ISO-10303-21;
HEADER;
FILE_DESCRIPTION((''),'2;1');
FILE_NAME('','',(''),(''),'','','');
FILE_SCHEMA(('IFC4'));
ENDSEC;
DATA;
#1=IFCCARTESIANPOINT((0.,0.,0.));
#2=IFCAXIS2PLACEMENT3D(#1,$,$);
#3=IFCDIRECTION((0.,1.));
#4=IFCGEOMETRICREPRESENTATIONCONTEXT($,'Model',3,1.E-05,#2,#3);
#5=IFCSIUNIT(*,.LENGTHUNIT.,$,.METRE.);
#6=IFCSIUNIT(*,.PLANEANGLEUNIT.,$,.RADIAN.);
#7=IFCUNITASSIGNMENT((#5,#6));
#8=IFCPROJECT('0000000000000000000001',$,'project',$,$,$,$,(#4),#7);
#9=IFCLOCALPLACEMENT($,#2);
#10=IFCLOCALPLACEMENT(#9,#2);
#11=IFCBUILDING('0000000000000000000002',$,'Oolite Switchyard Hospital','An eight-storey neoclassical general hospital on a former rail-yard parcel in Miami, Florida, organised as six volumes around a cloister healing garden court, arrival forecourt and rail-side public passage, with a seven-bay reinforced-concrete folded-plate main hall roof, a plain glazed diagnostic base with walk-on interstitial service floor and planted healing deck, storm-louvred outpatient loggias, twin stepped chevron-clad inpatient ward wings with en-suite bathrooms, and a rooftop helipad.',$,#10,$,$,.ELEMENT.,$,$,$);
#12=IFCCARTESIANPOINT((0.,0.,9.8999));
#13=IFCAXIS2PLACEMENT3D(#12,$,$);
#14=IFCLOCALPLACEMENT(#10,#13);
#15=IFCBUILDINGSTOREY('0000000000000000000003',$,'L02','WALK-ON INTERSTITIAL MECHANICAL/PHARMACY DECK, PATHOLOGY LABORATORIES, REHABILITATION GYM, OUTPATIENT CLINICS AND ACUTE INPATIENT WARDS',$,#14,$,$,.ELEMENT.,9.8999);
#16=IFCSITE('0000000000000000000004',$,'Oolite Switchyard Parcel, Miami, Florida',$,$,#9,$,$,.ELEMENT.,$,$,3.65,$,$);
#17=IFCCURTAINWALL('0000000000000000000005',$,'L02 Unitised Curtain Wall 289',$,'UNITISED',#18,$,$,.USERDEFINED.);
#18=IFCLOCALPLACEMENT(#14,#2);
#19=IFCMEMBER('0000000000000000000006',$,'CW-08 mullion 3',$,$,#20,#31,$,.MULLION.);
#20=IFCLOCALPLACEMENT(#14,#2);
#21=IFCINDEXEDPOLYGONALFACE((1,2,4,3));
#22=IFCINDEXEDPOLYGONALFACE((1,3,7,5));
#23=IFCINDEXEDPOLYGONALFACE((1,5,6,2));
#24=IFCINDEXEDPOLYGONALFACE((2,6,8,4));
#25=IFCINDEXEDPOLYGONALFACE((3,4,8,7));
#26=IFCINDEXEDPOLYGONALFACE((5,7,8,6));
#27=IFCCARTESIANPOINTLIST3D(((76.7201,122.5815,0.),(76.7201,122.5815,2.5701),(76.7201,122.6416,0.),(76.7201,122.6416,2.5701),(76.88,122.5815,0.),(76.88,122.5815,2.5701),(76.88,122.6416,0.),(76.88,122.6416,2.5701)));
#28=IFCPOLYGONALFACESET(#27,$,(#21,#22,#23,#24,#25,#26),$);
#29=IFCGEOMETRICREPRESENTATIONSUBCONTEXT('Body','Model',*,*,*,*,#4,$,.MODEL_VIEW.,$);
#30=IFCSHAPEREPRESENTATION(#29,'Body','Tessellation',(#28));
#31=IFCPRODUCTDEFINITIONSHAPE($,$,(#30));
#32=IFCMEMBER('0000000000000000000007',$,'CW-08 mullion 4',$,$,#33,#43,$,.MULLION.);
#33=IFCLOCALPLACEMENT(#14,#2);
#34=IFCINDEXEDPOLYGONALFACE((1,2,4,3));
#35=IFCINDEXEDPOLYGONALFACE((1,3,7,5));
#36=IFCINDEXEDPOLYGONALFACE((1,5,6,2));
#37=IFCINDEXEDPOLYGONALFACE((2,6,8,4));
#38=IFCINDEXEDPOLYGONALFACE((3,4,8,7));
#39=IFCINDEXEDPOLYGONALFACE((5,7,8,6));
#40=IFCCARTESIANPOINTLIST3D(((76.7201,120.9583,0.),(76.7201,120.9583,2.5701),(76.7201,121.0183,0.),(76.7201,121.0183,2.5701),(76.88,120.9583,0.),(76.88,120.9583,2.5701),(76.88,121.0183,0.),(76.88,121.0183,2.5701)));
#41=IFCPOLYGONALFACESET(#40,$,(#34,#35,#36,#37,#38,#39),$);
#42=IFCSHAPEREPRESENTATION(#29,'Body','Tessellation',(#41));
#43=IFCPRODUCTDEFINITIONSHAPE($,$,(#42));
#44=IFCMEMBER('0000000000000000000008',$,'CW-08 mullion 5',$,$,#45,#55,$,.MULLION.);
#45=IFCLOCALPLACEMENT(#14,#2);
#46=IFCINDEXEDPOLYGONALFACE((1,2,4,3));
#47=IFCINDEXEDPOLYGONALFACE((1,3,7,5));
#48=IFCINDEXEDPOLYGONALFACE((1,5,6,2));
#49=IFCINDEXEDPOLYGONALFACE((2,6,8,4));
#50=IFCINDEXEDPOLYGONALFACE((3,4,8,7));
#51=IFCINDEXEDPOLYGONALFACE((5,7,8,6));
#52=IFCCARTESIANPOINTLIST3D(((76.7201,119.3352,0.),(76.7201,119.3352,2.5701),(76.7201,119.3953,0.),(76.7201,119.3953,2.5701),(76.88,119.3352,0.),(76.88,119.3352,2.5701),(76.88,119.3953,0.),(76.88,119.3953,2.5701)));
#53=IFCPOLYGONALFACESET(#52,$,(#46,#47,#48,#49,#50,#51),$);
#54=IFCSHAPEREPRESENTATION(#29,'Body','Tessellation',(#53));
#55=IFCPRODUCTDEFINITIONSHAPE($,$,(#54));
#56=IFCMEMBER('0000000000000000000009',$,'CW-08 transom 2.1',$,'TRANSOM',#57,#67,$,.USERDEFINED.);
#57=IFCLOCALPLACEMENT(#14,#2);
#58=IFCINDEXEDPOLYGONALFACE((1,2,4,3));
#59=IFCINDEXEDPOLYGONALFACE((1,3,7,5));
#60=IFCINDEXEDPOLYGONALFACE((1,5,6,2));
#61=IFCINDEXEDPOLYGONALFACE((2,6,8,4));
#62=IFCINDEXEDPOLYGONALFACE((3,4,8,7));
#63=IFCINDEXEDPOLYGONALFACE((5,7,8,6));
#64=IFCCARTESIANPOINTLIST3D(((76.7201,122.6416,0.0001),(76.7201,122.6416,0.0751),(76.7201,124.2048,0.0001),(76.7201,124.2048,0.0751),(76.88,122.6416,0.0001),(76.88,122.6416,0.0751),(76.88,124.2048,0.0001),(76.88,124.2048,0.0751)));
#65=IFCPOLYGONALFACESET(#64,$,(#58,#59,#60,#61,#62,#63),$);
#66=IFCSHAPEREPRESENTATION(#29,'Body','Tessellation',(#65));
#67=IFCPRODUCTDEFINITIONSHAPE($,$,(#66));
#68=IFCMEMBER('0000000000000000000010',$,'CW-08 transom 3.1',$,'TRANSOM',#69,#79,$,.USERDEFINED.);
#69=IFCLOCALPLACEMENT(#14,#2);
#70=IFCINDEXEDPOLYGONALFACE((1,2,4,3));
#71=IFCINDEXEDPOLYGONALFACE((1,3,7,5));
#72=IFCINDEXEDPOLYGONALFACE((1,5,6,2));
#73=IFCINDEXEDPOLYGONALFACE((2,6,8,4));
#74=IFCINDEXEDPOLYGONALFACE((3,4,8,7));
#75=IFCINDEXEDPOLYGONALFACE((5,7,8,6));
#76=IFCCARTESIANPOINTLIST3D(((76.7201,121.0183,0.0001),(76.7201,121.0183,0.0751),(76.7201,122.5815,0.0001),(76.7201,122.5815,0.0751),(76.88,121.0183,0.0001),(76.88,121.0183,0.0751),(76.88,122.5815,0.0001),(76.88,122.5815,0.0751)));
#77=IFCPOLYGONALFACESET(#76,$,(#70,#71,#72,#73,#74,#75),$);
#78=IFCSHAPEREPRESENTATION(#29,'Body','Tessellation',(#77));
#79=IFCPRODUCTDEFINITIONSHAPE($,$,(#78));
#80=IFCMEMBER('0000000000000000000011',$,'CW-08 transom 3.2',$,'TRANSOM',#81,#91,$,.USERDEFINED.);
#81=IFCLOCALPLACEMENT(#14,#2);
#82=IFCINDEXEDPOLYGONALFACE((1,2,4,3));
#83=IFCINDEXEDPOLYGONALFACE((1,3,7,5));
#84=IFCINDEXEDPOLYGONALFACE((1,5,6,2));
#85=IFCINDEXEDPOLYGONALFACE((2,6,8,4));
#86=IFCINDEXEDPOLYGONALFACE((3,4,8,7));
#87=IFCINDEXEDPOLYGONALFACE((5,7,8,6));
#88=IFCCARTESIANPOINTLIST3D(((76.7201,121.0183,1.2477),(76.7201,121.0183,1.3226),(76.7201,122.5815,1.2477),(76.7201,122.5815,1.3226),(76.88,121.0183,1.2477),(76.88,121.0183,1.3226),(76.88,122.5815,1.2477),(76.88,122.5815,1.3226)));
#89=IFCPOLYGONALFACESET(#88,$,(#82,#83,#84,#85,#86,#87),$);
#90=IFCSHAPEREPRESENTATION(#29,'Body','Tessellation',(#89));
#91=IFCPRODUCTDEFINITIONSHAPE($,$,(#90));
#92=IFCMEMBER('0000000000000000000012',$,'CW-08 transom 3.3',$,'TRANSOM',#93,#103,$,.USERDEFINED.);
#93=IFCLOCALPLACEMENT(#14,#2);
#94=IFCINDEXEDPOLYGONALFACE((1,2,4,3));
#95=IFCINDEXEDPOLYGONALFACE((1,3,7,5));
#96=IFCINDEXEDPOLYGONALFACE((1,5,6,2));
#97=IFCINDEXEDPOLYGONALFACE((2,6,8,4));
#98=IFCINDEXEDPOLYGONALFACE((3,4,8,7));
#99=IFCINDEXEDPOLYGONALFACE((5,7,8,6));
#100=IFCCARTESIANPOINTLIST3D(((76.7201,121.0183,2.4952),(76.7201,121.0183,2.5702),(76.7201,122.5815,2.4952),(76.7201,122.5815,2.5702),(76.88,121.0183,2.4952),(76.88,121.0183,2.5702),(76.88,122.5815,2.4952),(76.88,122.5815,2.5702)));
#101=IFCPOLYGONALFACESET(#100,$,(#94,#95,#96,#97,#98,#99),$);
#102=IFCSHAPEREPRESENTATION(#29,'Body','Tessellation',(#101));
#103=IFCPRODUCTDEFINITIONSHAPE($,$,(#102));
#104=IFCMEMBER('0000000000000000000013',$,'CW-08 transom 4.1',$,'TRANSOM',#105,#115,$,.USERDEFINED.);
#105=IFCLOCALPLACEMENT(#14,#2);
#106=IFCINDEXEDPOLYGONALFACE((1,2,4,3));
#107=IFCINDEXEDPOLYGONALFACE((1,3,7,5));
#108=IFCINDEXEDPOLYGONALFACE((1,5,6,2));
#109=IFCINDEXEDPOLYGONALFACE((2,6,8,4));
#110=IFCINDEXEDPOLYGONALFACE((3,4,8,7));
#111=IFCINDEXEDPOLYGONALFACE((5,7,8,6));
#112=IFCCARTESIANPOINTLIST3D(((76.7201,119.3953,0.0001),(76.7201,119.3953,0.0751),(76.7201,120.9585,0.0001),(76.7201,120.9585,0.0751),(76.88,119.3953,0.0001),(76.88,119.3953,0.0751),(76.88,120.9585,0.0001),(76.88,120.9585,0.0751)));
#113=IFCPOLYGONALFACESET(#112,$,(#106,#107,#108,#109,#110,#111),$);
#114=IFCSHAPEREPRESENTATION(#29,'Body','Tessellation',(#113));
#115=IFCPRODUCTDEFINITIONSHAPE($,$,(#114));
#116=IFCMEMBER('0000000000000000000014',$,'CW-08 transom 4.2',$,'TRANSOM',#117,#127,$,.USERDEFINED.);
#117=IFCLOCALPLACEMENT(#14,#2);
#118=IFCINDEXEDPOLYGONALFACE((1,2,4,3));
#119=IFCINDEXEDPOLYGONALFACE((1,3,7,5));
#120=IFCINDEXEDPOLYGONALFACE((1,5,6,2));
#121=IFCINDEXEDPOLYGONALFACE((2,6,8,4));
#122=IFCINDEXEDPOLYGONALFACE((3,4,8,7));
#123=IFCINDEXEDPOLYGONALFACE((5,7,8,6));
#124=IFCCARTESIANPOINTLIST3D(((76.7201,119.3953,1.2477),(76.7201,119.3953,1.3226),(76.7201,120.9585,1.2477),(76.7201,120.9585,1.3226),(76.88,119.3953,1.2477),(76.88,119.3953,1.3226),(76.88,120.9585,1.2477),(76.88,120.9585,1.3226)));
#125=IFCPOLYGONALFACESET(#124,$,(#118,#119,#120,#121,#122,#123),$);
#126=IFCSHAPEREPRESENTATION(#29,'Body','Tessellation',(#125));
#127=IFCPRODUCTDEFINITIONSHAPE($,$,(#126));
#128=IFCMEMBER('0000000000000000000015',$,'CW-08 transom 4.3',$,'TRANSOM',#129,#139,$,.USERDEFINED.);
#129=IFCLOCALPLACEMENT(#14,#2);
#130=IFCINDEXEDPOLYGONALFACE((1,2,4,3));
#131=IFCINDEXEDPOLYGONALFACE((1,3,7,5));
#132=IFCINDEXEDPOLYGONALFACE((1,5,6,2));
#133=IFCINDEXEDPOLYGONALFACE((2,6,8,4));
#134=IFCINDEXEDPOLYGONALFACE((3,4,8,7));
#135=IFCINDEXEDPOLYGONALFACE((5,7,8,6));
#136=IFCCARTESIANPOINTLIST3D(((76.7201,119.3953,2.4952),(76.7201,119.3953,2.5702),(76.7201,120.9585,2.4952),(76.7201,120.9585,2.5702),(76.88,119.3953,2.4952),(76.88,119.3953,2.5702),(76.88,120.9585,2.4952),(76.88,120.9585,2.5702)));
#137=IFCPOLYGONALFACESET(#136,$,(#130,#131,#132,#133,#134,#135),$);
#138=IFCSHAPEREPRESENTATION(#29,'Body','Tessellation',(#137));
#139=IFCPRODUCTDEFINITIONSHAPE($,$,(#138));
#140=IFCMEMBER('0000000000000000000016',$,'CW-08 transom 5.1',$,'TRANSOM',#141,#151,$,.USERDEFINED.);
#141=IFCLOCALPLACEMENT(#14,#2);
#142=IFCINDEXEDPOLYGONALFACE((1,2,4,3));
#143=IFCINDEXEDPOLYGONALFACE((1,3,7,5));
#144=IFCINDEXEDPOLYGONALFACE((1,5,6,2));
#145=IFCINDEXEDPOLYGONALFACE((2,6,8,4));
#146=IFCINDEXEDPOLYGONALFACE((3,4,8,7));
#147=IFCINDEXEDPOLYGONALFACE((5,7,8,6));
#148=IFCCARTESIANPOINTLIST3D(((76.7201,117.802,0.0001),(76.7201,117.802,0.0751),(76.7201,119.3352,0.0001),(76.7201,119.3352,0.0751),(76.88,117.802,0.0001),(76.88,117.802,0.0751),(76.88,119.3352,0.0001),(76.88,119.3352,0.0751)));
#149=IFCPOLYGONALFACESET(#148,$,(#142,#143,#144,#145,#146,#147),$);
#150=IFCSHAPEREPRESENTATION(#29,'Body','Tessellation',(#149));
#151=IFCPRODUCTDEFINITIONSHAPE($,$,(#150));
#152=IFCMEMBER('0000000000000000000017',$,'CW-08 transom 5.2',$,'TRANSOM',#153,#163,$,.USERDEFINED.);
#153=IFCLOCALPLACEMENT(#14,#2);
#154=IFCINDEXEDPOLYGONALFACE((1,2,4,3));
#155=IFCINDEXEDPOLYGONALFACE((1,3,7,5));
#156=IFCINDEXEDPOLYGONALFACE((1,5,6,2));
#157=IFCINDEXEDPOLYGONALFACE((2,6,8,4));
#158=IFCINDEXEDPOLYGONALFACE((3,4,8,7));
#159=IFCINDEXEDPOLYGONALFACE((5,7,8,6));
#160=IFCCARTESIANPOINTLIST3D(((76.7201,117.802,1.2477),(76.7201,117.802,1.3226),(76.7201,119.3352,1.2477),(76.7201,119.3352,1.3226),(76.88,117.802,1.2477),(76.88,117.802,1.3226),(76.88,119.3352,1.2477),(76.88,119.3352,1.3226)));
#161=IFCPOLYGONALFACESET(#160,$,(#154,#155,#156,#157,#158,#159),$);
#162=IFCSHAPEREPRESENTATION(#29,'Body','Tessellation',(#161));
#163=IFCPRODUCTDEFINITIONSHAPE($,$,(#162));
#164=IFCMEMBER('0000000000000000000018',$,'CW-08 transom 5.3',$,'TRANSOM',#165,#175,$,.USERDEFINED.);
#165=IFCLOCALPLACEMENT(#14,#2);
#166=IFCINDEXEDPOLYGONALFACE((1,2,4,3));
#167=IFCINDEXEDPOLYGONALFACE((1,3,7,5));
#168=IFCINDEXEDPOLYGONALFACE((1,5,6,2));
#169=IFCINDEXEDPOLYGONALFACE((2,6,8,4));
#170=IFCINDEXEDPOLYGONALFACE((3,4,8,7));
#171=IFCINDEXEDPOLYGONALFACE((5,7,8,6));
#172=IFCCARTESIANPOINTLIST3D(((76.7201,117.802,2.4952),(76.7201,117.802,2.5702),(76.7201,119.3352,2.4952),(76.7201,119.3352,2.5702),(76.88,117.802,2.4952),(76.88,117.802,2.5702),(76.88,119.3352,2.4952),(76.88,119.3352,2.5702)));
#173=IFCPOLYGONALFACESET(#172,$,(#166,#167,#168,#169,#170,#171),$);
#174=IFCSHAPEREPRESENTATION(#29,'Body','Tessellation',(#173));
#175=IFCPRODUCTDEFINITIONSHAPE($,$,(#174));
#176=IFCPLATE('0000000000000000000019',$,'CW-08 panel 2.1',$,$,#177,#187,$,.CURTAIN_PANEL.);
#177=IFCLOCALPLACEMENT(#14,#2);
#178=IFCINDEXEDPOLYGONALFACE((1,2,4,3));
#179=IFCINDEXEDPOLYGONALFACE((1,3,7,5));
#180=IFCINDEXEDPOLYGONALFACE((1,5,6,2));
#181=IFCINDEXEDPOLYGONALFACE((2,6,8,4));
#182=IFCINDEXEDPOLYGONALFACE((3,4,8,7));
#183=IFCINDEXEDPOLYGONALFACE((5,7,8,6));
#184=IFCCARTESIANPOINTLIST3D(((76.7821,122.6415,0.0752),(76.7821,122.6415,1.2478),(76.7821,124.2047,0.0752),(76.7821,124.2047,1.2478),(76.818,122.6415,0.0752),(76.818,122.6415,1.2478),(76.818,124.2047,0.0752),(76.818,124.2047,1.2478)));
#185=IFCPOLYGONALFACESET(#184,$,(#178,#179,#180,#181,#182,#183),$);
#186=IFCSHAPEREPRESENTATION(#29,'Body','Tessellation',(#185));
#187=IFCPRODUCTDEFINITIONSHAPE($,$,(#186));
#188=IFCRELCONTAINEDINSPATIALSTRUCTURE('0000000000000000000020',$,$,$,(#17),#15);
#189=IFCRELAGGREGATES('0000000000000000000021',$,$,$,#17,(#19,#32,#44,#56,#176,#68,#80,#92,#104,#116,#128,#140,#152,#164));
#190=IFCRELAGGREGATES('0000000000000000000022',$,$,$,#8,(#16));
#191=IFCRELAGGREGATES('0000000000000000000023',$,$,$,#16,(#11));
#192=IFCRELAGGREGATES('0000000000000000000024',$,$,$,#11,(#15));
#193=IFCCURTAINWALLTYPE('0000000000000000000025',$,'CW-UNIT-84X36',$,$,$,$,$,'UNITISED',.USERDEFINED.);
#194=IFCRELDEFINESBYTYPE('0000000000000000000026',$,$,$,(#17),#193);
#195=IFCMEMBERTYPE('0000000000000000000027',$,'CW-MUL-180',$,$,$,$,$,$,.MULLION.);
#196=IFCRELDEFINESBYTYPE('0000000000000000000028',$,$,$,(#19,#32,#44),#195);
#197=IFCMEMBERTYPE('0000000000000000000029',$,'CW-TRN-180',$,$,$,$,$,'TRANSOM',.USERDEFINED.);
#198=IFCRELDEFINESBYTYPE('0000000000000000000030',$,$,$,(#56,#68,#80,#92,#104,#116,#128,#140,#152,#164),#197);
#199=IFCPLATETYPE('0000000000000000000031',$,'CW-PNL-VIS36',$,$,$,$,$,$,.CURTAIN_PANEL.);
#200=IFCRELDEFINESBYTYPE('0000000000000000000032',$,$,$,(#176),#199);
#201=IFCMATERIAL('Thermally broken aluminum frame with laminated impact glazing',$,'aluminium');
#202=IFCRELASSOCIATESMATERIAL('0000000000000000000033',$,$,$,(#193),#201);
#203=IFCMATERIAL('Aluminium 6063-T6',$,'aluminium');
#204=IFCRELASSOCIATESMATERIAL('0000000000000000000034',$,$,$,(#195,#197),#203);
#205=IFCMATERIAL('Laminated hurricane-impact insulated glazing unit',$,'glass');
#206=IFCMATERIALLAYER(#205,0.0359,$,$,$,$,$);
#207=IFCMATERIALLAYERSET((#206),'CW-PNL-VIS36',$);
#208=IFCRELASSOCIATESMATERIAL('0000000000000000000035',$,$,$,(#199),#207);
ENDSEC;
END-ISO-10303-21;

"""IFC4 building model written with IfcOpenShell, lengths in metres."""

from ifc_helpers import new_model, si_unit, direction, frame, origin, origin_2d, place, context, subcontext, project, spatial, rectangle, extrude, material, layer, layer_set, material_profile, profile_set, type_object, element, aggregate, save


model = new_model("IFC4")

# Units and contexts
model_context = context("Model", 3, precision=1e-05, world=origin(), true_north=direction((0.0, 1.0)))
body_context = subcontext(model_context, "Body", "Model", "MODEL_VIEW")
ifc_project = project(units=[si_unit("LENGTHUNIT", "METRE"), si_unit("PLANEANGLEUNIT", "RADIAN")], contexts=[model_context])

# Site, building, storey
site_placement = place(None, origin())
site = spatial("IfcSite", under=ifc_project, at=site_placement, Name="Oolite Switchyard Parcel, Miami, Florida", CompositionType="ELEMENT", RefElevation=3.65)
building_placement = place(site_placement, origin())
building = spatial("IfcBuilding", under=site, at=building_placement, Name="Oolite Switchyard Hospital", Description="An eight-storey neoclassical general hospital on a former rail-yard parcel in Miami, Florida, organised as six volumes around a cloister healing garden court, arrival forecourt and rail-side public passage, with a seven-bay reinforced-concrete folded-plate main hall roof, a plain glazed diagnostic base with walk-on interstitial service floor and planted healing deck, storm-louvred outpatient loggias, twin stepped chevron-clad inpatient ward wings with en-suite bathrooms, and a rooftop helipad.", CompositionType="ELEMENT")
storey_placement = place(building_placement, frame((0.0, 0.0, 9.8999)))
storey = spatial("IfcBuildingStorey", under=building, at=storey_placement, Name="L02", Description="WALK-ON INTERSTITIAL MECHANICAL/PHARMACY DECK, PATHOLOGY LABORATORIES, REHABILITATION GYM, OUTPATIENT CLINICS AND ACUTE INPATIENT WARDS", CompositionType="ELEMENT", Elevation=9.8999)

# Curtain wall, members, plate
ifc_material_1 = material(Name="Thermally broken aluminum frame with laminated impact glazing", Category="aluminium")
curtain_wall_type = type_object("IfcCurtainWallType", Name="CW-UNIT-84X36", ElementType="UNITISED", PredefinedType="USERDEFINED", material=ifc_material_1)
curtain_wall_placement = place(storey_placement, origin())
curtain_wall = element("IfcCurtainWall", 1, at=curtain_wall_placement, inside=storey, type_object=curtain_wall_type, Name="L02 Unitised Curtain Wall 289", ObjectType="UNITISED", PredefinedType="USERDEFINED")
ifc_material_2 = material(Name="Aluminium 6063-T6", Category="aluminium")
ifc_material_profile_1 = material_profile(ifc_material_2, rectangle(XDim=0.1599, YDim=0.0601, at=origin_2d()), Name="CWM60X160")
ifc_profile_set_1 = profile_set([ifc_material_profile_1], Name="Aluminium 6063-T6")
member_type_1 = type_object("IfcMemberType", Name="CW-MUL-180", PredefinedType="MULLION", material=ifc_profile_set_1)
member_1_placement = place(storey_placement, frame((76.8, 122.6116, 0.0), z_axis=(0.0, 0.0, 1.0), x_axis=(1.0, 0.0, 0.0)))
member_1 = element("IfcMember", 2, at=member_1_placement, type_object=member_type_1, Name="CW-08 mullion 3", PredefinedType="MULLION", context=body_context, shape_type="SweptSolid", body=[
    extrude(rectangle(XDim=0.1599, YDim=0.0601, at=origin_2d()), origin(), (0.0, 0.0, 1.0), 2.5701),
])
member_2_placement = place(storey_placement, frame((76.8, 120.9883, 0.0), z_axis=(0.0, 0.0, 1.0), x_axis=(1.0, 0.0, 0.0)))
member_2 = element("IfcMember", 3, at=member_2_placement, type_object=member_type_1, Name="CW-08 mullion 4", PredefinedType="MULLION", context=body_context, shape_type="SweptSolid", body=[
    extrude(rectangle(XDim=0.1599, YDim=0.0601, at=origin_2d()), origin(), (0.0, 0.0, 1.0), 2.5701),
])
member_3_placement = place(storey_placement, frame((76.8, 119.3652, 0.0), z_axis=(0.0, 0.0, 1.0), x_axis=(1.0, 0.0, 0.0)))
member_3 = element("IfcMember", 4, at=member_3_placement, type_object=member_type_1, Name="CW-08 mullion 5", PredefinedType="MULLION", context=body_context, shape_type="SweptSolid", body=[
    extrude(rectangle(XDim=0.1599, YDim=0.0601, at=origin_2d()), origin(), (0.0, 0.0, 1.0), 2.5701),
])
ifc_material_profile_2 = material_profile(ifc_material_2, rectangle(XDim=0.1599, YDim=0.075, at=origin_2d()), Name="CWT75X160")
ifc_profile_set_2 = profile_set([ifc_material_profile_2], Name="Aluminium 6063-T6")
member_type_2 = type_object("IfcMemberType", Name="CW-TRN-180", ElementType="TRANSOM", PredefinedType="USERDEFINED", material=ifc_profile_set_2)
member_4_placement = place(storey_placement, frame((76.8, 124.2048, 0.0376), z_axis=(0.0, -1.0, 0.0), x_axis=(1.0, 0.0, 0.0)))
member_4 = element("IfcMember", 5, at=member_4_placement, type_object=member_type_2, Name="CW-08 transom 2.1", ObjectType="TRANSOM", PredefinedType="USERDEFINED", context=body_context, shape_type="SweptSolid", body=[
    extrude(rectangle(XDim=0.1599, YDim=0.075, at=origin_2d()), origin(), (0.0, 0.0, 1.0), 1.5632),
])
member_5_placement = place(storey_placement, frame((76.8, 122.5815, 0.0376), z_axis=(0.0, -1.0, 0.0), x_axis=(1.0, 0.0, 0.0)))
member_5 = element("IfcMember", 6, at=member_5_placement, type_object=member_type_2, Name="CW-08 transom 3.1", ObjectType="TRANSOM", PredefinedType="USERDEFINED", context=body_context, shape_type="SweptSolid", body=[
    extrude(rectangle(XDim=0.1599, YDim=0.075, at=origin_2d()), origin(), (0.0, 0.0, 1.0), 1.5632),
])
member_6_placement = place(storey_placement, frame((76.8, 122.5815, 1.2852), z_axis=(0.0, -1.0, 0.0), x_axis=(1.0, 0.0, 0.0)))
member_6 = element("IfcMember", 7, at=member_6_placement, type_object=member_type_2, Name="CW-08 transom 3.2", ObjectType="TRANSOM", PredefinedType="USERDEFINED", context=body_context, shape_type="SweptSolid", body=[
    extrude(rectangle(XDim=0.1599, YDim=0.075, at=origin_2d()), origin(), (0.0, 0.0, 1.0), 1.5632),
])
member_7_placement = place(storey_placement, frame((76.8, 122.5815, 2.5327), z_axis=(0.0, -1.0, 0.0), x_axis=(1.0, 0.0, 0.0)))
member_7 = element("IfcMember", 8, at=member_7_placement, type_object=member_type_2, Name="CW-08 transom 3.3", ObjectType="TRANSOM", PredefinedType="USERDEFINED", context=body_context, shape_type="SweptSolid", body=[
    extrude(rectangle(XDim=0.1599, YDim=0.075, at=origin_2d()), origin(), (0.0, 0.0, 1.0), 1.5632),
])
member_8_placement = place(storey_placement, frame((76.8, 120.9585, 0.0376), z_axis=(0.0, -1.0, 0.0), x_axis=(1.0, 0.0, 0.0)))
member_8 = element("IfcMember", 9, at=member_8_placement, type_object=member_type_2, Name="CW-08 transom 4.1", ObjectType="TRANSOM", PredefinedType="USERDEFINED", context=body_context, shape_type="SweptSolid", body=[
    extrude(rectangle(XDim=0.1599, YDim=0.075, at=origin_2d()), origin(), (0.0, 0.0, 1.0), 1.5632),
])
member_9_placement = place(storey_placement, frame((76.8, 120.9585, 1.2852), z_axis=(0.0, -1.0, 0.0), x_axis=(1.0, 0.0, 0.0)))
member_9 = element("IfcMember", 10, at=member_9_placement, type_object=member_type_2, Name="CW-08 transom 4.2", ObjectType="TRANSOM", PredefinedType="USERDEFINED", context=body_context, shape_type="SweptSolid", body=[
    extrude(rectangle(XDim=0.1599, YDim=0.075, at=origin_2d()), origin(), (0.0, 0.0, 1.0), 1.5632),
])
member_10_placement = place(storey_placement, frame((76.8, 120.9585, 2.5327), z_axis=(0.0, -1.0, 0.0), x_axis=(1.0, 0.0, 0.0)))
member_10 = element("IfcMember", 11, at=member_10_placement, type_object=member_type_2, Name="CW-08 transom 4.3", ObjectType="TRANSOM", PredefinedType="USERDEFINED", context=body_context, shape_type="SweptSolid", body=[
    extrude(rectangle(XDim=0.1599, YDim=0.075, at=origin_2d()), origin(), (0.0, 0.0, 1.0), 1.5632),
])
member_11_placement = place(storey_placement, frame((76.8, 119.3352, 0.0376), z_axis=(0.0, -1.0, 0.0), x_axis=(1.0, 0.0, 0.0)))
member_11 = element("IfcMember", 12, at=member_11_placement, type_object=member_type_2, Name="CW-08 transom 5.1", ObjectType="TRANSOM", PredefinedType="USERDEFINED", context=body_context, shape_type="SweptSolid", body=[
    extrude(rectangle(XDim=0.1599, YDim=0.075, at=origin_2d()), origin(), (0.0, 0.0, 1.0), 1.5332),
])
member_12_placement = place(storey_placement, frame((76.8, 119.3352, 1.2852), z_axis=(0.0, -1.0, 0.0), x_axis=(1.0, 0.0, 0.0)))
member_12 = element("IfcMember", 13, at=member_12_placement, type_object=member_type_2, Name="CW-08 transom 5.2", ObjectType="TRANSOM", PredefinedType="USERDEFINED", context=body_context, shape_type="SweptSolid", body=[
    extrude(rectangle(XDim=0.1599, YDim=0.075, at=origin_2d()), origin(), (0.0, 0.0, 1.0), 1.5332),
])
member_13_placement = place(storey_placement, frame((76.8, 119.3352, 2.5327), z_axis=(0.0, -1.0, 0.0), x_axis=(1.0, 0.0, 0.0)))
member_13 = element("IfcMember", 14, at=member_13_placement, type_object=member_type_2, Name="CW-08 transom 5.3", ObjectType="TRANSOM", PredefinedType="USERDEFINED", context=body_context, shape_type="SweptSolid", body=[
    extrude(rectangle(XDim=0.1599, YDim=0.075, at=origin_2d()), origin(), (0.0, 0.0, 1.0), 1.5332),
])
ifc_material_3 = material(Name="Laminated hurricane-impact insulated glazing unit", Category="glass")
ifc_layer = layer(ifc_material_3, 0.0359)
ifc_layer_set = layer_set([ifc_layer], Name="CW-PNL-VIS36")
plate_type = type_object("IfcPlateType", Name="CW-PNL-VIS36", PredefinedType="CURTAIN_PANEL", material=ifc_layer_set)
plate_1_placement = place(storey_placement, frame((76.8, 123.4231, 0.0752), z_axis=(0.0, 0.0, 1.0), x_axis=(0.0, -1.0, 0.0)))
plate_1 = element("IfcPlate", 15, at=plate_1_placement, type_object=plate_type, Name="CW-08 panel 2.1", PredefinedType="CURTAIN_PANEL", context=body_context, shape_type="SweptSolid", body=[
    extrude(rectangle(XDim=1.5632, YDim=0.0359, at=origin_2d()), origin(), (0.0, 0.0, 1.0), 1.1726),
])
aggregate(curtain_wall, [member_1, member_2, member_3, member_4, plate_1, member_5, member_6, member_7, member_8, member_9, member_10, member_11, member_12, member_13])

save(model, "model.ifc")
